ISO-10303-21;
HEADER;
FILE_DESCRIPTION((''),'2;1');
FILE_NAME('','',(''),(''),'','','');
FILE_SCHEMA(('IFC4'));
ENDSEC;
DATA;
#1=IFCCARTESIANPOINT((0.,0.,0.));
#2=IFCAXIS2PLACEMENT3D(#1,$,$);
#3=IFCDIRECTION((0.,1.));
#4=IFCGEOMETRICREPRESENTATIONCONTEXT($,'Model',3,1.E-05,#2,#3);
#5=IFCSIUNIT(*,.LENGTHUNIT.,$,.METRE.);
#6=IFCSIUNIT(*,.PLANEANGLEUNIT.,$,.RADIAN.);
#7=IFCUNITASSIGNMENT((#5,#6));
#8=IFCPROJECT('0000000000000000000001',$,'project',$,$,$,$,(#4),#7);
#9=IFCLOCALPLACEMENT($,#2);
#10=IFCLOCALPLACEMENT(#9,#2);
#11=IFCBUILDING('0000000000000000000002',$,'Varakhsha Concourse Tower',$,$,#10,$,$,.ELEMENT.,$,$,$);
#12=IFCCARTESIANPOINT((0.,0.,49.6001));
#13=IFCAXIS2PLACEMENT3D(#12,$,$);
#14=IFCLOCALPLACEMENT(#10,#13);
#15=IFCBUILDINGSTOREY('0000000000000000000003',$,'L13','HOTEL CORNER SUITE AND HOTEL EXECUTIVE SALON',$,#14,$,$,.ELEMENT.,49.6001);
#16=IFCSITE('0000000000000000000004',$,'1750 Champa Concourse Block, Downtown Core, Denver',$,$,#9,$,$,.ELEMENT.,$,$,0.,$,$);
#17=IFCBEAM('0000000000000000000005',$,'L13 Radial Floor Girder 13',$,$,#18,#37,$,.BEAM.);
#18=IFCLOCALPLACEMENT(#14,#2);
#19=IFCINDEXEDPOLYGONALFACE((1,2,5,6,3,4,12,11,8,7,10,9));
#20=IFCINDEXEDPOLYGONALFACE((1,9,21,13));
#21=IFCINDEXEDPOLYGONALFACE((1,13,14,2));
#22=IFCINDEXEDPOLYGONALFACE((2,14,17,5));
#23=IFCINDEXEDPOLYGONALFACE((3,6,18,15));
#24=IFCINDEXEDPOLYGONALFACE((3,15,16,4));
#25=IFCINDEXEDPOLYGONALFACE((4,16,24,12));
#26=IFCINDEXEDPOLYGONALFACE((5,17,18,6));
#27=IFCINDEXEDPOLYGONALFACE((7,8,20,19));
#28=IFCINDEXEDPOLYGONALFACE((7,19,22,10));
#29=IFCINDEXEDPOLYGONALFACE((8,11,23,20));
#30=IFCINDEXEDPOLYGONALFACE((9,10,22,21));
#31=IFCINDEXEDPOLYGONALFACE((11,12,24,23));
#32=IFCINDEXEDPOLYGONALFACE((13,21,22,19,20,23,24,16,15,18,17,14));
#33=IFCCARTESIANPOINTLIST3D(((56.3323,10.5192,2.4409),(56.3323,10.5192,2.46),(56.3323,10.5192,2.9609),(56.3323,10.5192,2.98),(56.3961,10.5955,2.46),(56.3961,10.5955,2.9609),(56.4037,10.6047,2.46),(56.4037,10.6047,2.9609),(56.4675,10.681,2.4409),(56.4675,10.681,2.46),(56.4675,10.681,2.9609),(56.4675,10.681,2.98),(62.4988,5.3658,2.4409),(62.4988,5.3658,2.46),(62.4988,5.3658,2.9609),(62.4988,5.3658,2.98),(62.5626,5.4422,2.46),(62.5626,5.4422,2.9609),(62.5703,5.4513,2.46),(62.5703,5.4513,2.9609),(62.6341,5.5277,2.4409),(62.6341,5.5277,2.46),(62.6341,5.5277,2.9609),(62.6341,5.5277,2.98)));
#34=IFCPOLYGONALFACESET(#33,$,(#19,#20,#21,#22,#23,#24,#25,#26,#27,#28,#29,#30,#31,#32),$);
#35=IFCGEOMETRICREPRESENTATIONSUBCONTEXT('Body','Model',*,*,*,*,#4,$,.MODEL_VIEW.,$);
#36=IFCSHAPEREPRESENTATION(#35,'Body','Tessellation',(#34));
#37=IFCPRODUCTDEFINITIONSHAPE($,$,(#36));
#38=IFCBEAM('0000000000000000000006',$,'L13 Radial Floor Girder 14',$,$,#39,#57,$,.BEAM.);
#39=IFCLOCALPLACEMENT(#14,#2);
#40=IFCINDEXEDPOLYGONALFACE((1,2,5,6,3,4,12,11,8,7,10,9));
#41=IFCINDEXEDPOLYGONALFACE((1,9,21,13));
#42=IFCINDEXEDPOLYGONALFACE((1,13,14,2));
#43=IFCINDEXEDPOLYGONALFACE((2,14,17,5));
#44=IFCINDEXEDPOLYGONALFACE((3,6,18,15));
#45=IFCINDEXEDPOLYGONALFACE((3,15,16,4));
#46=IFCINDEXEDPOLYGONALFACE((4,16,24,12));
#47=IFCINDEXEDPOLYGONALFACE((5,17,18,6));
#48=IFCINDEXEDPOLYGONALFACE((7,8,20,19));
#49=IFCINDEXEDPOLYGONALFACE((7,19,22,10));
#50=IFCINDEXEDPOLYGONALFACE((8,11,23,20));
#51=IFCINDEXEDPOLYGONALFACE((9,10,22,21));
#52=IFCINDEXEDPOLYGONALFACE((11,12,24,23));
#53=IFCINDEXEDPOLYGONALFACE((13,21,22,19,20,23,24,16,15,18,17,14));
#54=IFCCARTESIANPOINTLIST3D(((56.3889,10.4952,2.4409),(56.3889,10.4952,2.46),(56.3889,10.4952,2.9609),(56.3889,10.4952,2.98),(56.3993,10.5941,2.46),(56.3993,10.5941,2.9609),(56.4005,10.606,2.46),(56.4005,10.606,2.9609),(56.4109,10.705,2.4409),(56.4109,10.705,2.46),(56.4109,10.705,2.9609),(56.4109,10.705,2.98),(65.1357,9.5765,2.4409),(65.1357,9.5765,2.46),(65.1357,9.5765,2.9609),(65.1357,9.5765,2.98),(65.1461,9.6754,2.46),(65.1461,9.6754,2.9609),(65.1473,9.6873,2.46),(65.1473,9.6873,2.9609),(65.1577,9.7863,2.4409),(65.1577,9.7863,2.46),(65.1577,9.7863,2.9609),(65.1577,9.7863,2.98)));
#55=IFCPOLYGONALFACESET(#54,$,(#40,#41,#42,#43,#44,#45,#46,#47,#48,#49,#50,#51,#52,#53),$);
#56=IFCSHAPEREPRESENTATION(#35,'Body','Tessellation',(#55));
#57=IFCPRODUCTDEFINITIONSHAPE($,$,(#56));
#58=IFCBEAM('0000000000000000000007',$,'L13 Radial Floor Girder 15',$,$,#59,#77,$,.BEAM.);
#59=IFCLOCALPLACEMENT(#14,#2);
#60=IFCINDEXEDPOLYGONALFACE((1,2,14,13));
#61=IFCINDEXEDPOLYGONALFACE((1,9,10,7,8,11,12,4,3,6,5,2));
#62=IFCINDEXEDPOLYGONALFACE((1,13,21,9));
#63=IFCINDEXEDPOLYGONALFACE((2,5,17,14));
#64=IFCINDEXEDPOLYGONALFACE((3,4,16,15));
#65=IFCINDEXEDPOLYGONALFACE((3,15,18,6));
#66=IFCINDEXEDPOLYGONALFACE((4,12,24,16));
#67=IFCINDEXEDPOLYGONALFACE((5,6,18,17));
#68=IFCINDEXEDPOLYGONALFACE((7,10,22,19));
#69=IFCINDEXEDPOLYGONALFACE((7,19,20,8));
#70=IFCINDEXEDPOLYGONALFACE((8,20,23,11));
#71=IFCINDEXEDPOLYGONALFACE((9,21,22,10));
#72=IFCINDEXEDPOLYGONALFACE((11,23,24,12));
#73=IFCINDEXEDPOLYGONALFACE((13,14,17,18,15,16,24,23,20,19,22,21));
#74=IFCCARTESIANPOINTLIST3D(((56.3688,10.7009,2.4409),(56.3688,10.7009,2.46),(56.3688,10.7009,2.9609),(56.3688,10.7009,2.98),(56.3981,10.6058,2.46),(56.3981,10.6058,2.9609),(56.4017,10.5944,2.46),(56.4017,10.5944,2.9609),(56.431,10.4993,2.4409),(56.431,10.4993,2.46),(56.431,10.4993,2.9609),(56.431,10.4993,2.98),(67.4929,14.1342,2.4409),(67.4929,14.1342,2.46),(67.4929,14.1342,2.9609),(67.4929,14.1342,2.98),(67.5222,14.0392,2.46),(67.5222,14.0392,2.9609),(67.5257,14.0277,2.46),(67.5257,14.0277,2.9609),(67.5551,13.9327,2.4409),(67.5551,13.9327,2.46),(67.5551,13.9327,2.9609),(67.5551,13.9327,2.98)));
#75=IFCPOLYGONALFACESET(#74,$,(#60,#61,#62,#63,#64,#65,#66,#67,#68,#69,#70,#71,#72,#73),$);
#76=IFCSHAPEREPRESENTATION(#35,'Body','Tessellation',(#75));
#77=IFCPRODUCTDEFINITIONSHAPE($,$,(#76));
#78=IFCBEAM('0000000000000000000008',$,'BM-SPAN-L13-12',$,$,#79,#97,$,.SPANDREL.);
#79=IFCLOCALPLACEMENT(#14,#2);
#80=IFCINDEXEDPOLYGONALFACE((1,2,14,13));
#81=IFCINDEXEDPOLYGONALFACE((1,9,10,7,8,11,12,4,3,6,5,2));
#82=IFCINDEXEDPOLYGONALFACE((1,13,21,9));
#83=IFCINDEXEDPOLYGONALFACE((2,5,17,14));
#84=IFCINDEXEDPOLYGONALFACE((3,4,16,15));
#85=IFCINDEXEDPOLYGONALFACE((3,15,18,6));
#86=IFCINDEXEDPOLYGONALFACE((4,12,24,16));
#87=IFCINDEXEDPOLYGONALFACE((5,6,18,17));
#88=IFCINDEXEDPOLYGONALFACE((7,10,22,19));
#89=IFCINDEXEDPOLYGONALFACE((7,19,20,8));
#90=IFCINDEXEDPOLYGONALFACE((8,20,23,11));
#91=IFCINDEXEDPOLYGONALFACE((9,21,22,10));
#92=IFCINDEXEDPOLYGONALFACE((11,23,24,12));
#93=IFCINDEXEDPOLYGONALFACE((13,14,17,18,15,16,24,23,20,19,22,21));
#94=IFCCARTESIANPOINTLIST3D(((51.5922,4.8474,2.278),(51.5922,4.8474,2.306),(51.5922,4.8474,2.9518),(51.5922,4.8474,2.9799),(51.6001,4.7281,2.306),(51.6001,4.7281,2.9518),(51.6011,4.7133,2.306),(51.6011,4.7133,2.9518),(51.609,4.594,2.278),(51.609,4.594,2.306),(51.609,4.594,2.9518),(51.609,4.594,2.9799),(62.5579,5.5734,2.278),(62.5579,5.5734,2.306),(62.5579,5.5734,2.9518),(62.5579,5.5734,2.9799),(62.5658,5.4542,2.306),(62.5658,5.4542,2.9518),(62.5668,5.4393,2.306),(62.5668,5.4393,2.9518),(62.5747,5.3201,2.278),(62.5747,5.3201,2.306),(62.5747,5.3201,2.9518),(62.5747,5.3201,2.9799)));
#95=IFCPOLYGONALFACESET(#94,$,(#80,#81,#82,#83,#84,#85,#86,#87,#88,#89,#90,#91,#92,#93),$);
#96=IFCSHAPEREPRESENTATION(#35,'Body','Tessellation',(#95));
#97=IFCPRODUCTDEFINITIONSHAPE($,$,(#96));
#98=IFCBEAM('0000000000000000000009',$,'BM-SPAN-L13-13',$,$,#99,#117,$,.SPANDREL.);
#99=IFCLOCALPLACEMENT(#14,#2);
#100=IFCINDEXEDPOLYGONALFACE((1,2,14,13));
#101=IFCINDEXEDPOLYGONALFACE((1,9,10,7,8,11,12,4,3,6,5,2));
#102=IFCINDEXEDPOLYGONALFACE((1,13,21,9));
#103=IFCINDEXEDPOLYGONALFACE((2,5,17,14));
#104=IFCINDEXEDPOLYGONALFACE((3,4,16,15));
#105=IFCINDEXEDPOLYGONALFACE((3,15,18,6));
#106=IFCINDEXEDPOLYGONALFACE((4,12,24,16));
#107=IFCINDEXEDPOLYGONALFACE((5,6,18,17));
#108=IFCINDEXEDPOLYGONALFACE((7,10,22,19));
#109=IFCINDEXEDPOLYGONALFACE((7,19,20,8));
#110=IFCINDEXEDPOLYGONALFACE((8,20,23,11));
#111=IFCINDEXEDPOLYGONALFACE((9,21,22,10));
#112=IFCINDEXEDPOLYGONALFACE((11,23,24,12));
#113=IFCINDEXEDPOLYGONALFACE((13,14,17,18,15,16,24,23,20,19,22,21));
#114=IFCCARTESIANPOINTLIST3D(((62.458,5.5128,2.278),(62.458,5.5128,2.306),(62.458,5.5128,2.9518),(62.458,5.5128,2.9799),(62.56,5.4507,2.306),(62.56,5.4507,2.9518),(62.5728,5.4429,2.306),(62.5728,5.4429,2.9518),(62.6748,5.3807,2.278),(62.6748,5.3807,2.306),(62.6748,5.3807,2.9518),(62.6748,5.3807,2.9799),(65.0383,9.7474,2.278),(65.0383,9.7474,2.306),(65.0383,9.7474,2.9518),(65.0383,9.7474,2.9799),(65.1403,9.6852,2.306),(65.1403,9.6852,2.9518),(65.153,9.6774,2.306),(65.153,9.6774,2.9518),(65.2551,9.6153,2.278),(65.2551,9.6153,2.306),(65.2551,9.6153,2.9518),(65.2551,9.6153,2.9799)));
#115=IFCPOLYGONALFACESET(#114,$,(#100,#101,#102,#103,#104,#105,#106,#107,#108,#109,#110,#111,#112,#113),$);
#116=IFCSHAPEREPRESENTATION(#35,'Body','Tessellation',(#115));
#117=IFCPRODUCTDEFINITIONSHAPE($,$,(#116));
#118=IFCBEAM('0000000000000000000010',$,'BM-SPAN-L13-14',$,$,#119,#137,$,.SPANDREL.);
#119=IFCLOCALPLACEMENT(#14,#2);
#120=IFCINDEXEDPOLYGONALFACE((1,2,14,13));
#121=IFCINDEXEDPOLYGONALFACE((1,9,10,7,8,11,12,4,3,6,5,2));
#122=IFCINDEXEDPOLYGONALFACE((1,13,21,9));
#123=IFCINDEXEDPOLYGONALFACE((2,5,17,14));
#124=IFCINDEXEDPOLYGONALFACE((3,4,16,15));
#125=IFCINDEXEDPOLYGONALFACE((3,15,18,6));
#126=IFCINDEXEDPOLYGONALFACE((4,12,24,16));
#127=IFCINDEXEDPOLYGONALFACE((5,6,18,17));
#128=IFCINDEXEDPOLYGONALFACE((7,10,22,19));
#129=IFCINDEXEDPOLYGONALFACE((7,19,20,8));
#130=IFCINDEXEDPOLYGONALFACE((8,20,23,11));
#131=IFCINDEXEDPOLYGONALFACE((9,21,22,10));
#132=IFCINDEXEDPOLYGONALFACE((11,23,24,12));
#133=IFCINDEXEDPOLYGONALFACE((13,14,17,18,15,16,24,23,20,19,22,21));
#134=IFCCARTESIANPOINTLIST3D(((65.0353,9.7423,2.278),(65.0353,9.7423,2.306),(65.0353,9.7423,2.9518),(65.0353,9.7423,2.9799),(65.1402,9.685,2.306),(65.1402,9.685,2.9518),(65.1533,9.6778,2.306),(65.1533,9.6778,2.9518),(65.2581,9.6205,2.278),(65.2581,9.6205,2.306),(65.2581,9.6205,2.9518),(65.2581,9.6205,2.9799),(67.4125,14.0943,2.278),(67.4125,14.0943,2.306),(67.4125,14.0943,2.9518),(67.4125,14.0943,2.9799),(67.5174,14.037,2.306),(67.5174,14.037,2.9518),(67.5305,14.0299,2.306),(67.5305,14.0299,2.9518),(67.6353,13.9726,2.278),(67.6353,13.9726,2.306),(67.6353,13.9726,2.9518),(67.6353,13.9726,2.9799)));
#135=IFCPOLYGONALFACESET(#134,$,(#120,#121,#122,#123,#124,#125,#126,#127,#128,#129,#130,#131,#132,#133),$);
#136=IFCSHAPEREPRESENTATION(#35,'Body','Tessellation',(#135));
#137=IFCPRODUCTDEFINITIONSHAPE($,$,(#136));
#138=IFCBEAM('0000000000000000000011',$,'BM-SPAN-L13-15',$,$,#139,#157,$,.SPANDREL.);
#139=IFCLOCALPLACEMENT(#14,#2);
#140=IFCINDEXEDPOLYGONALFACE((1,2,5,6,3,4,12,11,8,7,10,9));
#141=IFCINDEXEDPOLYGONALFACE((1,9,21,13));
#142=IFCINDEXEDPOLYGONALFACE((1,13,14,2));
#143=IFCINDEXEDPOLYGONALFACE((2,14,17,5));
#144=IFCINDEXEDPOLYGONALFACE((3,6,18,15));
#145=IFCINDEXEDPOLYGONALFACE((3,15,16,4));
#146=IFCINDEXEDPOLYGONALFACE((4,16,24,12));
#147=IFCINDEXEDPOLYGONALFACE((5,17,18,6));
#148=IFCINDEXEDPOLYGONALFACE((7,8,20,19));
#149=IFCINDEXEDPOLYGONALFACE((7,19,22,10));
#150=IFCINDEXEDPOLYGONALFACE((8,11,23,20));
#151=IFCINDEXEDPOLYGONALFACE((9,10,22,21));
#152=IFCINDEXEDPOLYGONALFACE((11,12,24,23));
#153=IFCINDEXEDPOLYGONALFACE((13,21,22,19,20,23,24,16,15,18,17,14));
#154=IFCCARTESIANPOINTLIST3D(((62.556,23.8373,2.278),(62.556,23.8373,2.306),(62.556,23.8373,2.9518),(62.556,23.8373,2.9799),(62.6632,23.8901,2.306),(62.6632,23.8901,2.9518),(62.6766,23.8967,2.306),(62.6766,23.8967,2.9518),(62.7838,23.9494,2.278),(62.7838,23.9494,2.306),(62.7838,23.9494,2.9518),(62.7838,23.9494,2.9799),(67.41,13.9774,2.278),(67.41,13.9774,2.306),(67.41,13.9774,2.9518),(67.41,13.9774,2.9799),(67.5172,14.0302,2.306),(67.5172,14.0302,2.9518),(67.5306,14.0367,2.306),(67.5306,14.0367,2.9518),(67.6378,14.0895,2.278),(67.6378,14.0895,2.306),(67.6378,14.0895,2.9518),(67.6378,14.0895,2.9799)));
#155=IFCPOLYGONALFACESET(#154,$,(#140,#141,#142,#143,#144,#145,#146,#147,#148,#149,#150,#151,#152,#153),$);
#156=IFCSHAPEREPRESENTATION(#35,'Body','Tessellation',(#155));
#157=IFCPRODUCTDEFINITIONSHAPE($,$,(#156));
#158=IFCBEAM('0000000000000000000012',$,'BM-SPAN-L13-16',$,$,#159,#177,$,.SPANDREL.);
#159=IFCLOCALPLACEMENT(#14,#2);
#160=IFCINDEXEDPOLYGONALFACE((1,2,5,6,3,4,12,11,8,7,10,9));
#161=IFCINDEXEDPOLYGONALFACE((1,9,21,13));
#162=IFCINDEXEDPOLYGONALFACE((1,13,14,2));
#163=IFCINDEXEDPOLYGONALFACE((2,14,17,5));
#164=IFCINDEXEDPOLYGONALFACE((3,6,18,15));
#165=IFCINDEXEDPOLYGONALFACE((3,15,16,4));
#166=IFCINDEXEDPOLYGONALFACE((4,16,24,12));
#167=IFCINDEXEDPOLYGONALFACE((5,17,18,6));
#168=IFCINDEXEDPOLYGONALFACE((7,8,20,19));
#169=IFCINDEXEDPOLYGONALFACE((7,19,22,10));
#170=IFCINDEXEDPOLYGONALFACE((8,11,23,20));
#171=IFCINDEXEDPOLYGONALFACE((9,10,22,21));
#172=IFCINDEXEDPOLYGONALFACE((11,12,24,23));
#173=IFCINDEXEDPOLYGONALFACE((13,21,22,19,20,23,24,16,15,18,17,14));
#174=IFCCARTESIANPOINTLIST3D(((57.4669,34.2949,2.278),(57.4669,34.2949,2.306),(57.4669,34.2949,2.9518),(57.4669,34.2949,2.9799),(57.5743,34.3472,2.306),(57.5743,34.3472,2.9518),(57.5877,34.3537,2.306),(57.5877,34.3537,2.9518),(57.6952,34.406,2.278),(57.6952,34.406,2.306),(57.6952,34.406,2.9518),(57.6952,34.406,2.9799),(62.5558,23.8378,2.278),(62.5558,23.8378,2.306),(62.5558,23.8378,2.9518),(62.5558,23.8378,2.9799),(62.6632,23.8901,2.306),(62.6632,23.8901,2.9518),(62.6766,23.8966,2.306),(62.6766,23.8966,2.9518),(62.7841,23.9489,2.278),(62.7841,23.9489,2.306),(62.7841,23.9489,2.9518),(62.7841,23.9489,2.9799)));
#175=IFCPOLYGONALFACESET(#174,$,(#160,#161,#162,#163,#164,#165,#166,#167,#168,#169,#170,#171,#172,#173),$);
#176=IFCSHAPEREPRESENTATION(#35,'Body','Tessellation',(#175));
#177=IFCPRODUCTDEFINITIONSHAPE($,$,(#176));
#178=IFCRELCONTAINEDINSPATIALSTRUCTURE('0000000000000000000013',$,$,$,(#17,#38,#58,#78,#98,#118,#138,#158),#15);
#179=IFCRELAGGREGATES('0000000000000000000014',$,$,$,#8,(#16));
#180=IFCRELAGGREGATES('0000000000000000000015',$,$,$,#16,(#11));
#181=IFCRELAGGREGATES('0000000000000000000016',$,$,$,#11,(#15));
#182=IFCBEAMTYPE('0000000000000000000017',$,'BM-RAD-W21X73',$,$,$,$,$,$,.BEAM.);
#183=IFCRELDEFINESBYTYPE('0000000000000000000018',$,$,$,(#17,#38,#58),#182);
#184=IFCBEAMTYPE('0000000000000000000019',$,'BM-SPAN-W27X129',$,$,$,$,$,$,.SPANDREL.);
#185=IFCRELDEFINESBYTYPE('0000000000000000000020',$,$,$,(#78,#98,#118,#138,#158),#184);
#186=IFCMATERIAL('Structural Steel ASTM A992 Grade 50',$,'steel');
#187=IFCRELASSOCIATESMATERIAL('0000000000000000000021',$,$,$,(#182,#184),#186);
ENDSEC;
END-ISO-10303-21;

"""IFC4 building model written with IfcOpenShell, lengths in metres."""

from ifc_helpers import new_model, si_unit, direction, frame, origin, origin_2d, place, context, subcontext, project, spatial, i_section, extrude, material, material_profile, profile_set, type_object, element, save


model = new_model("IFC4")

# Units and contexts
model_context = context("Model", 3, precision=1e-05, world=origin(), true_north=direction((0.0, 1.0)))
body_context = subcontext(model_context, "Body", "Model", "MODEL_VIEW")
ifc_project = project(units=[si_unit("LENGTHUNIT", "METRE"), si_unit("PLANEANGLEUNIT", "RADIAN")], contexts=[model_context])

# Site, building, storey
site_placement = place(None, origin())
site = spatial("IfcSite", under=ifc_project, at=site_placement, Name="1750 Champa Concourse Block, Downtown Core, Denver", CompositionType="ELEMENT", RefElevation=0.0)
building_placement = place(site_placement, origin())
building = spatial("IfcBuilding", under=site, at=building_placement, Name="Varakhsha Concourse Tower", CompositionType="ELEMENT")
storey_placement = place(building_placement, frame((0.0, 0.0, 49.6001)))
storey = spatial("IfcBuildingStorey", under=building, at=storey_placement, Name="L13", Description="HOTEL CORNER SUITE AND HOTEL EXECUTIVE SALON", CompositionType="ELEMENT", Elevation=49.6001)

# Shared definitions
ifc_material_1 = material(Name="Structural Steel ASTM A992 Grade 50", Category="steel")

# Beams
ifc_material_profile_1 = material_profile(ifc_material_1, i_section(OverallWidth=0.2109, OverallDepth=0.5391, WebThickness=0.012, FlangeThickness=0.019, at=origin_2d()), Name="W21X73")
ifc_profile_set_1 = profile_set([ifc_material_profile_1], Name="Structural Steel ASTM A992 Grade 50")
beam_type_1 = type_object("IfcBeamType", Name="BM-RAD-W21X73", PredefinedType="BEAM", material=ifc_profile_set_1)
beam_1_placement = place(storey_placement, frame((56.3999, 10.6001, 2.7104), z_axis=(0.767329, -0.641254, 0.0), x_axis=(0.641254, 0.767329, 0.0)))
element("IfcBeam", 1, at=beam_1_placement, inside=storey, type_object=beam_type_1, Name="L13 Radial Floor Girder 13", PredefinedType="BEAM", context=body_context, shape_type="SweptSolid", body=[
    extrude(i_section(OverallWidth=0.2109, OverallDepth=0.5391, WebThickness=0.012, FlangeThickness=0.019, at=origin_2d()), origin(), (0.0, 0.0, 1.0), 8.0364),
])
beam_2_placement = place(storey_placement, frame((56.3999, 10.6001, 2.7104), z_axis=(0.994529, -0.104458, 0.0), x_axis=(0.104458, 0.994529, 0.0)))
element("IfcBeam", 2, at=beam_2_placement, inside=storey, type_object=beam_type_1, Name="L13 Radial Floor Girder 14", PredefinedType="BEAM", context=body_context, shape_type="SweptSolid", body=[
    extrude(i_section(OverallWidth=0.2109, OverallDepth=0.5391, WebThickness=0.012, FlangeThickness=0.019, at=origin_2d()), origin(), (0.0, 0.0, 1.0), 8.7949),
])
beam_3_placement = place(storey_placement, frame((56.3999, 10.6001, 2.7104), z_axis=(0.955523, 0.294915, 0.0), x_axis=(-0.294915, 0.955523, 0.0)))
element("IfcBeam", 3, at=beam_3_placement, inside=storey, type_object=beam_type_1, Name="L13 Radial Floor Girder 15", PredefinedType="BEAM", context=body_context, shape_type="SweptSolid", body=[
    extrude(i_section(OverallWidth=0.2109, OverallDepth=0.5391, WebThickness=0.012, FlangeThickness=0.019, at=origin_2d()), origin(), (0.0, 0.0, 1.0), 11.6418),
])
ifc_material_profile_2 = material_profile(ifc_material_1, i_section(OverallWidth=0.2539, OverallDepth=0.7019, WebThickness=0.0149, FlangeThickness=0.0281, at=origin_2d()), Name="W27X129")
ifc_profile_set_2 = profile_set([ifc_material_profile_2], Name="Structural Steel ASTM A992 Grade 50")
beam_type_2 = type_object("IfcBeamType", Name="BM-SPAN-W27X129", PredefinedType="SPANDREL", material=ifc_profile_set_2)
beam_4_placement = place(storey_placement, frame((51.6006, 4.7207, 2.6289), z_axis=(0.997815, 0.066068, 0.0), x_axis=(-0.066068, 0.997815, 0.0)))
element("IfcBeam", 4, at=beam_4_placement, inside=storey, type_object=beam_type_2, Name="BM-SPAN-L13-12", PredefinedType="SPANDREL", context=body_context, shape_type="SweptSolid", body=[
    extrude(i_section(OverallWidth=0.2539, OverallDepth=0.7019, WebThickness=0.0149, FlangeThickness=0.0281, at=origin_2d()), origin(), (0.0, 0.0, 1.0), 10.9897),
])
beam_5_placement = place(storey_placement, frame((62.5664, 5.4468, 2.6289), z_axis=(0.520348, 0.853954, 0.0), x_axis=(-0.853954, 0.520348, 0.0)))
element("IfcBeam", 5, at=beam_5_placement, inside=storey, type_object=beam_type_2, Name="BM-SPAN-L13-13", PredefinedType="SPANDREL", context=body_context, shape_type="SweptSolid", body=[
    extrude(i_section(OverallWidth=0.2539, OverallDepth=0.7019, WebThickness=0.0149, FlangeThickness=0.0281, at=origin_2d()), origin(), (0.0, 0.0, 1.0), 4.9587),
])
beam_6_placement = place(storey_placement, frame((65.1467, 9.6814, 2.6289), z_axis=(0.479373, 0.877611, 0.0), x_axis=(-0.877611, 0.479373, 0.0)))
element("IfcBeam", 6, at=beam_6_placement, inside=storey, type_object=beam_type_2, Name="BM-SPAN-L13-14", PredefinedType="SPANDREL", context=body_context, shape_type="SweptSolid", body=[
    extrude(i_section(OverallWidth=0.2539, OverallDepth=0.7019, WebThickness=0.0149, FlangeThickness=0.0281, at=origin_2d()), origin(), (0.0, 0.0, 1.0), 4.959),
])
beam_7_placement = place(storey_placement, frame((67.5239, 14.0334, 2.6289), z_axis=(-0.441678, 0.897174, 0.0), x_axis=(-0.897174, -0.441678, 0.0)))
element("IfcBeam", 7, at=beam_7_placement, inside=storey, type_object=beam_type_2, Name="BM-SPAN-L13-15", PredefinedType="SPANDREL", context=body_context, shape_type="SweptSolid", body=[
    extrude(i_section(OverallWidth=0.2539, OverallDepth=0.7019, WebThickness=0.0149, FlangeThickness=0.0281, at=origin_2d()), origin(), (0.0, 0.0, 1.0), 10.99),
])
beam_8_placement = place(storey_placement, frame((62.6699, 23.8933, 2.6289), z_axis=(-0.437581, 0.899179, 0.0), x_axis=(-0.899179, -0.437581, 0.0)))
element("IfcBeam", 8, at=beam_8_placement, inside=storey, type_object=beam_type_2, Name="BM-SPAN-L13-16", PredefinedType="SPANDREL", context=body_context, shape_type="SweptSolid", body=[
    extrude(i_section(OverallWidth=0.2539, OverallDepth=0.7019, WebThickness=0.0149, FlangeThickness=0.0281, at=origin_2d()), origin(), (0.0, 0.0, 1.0), 11.6296),
])

save(model, "model.ifc")
